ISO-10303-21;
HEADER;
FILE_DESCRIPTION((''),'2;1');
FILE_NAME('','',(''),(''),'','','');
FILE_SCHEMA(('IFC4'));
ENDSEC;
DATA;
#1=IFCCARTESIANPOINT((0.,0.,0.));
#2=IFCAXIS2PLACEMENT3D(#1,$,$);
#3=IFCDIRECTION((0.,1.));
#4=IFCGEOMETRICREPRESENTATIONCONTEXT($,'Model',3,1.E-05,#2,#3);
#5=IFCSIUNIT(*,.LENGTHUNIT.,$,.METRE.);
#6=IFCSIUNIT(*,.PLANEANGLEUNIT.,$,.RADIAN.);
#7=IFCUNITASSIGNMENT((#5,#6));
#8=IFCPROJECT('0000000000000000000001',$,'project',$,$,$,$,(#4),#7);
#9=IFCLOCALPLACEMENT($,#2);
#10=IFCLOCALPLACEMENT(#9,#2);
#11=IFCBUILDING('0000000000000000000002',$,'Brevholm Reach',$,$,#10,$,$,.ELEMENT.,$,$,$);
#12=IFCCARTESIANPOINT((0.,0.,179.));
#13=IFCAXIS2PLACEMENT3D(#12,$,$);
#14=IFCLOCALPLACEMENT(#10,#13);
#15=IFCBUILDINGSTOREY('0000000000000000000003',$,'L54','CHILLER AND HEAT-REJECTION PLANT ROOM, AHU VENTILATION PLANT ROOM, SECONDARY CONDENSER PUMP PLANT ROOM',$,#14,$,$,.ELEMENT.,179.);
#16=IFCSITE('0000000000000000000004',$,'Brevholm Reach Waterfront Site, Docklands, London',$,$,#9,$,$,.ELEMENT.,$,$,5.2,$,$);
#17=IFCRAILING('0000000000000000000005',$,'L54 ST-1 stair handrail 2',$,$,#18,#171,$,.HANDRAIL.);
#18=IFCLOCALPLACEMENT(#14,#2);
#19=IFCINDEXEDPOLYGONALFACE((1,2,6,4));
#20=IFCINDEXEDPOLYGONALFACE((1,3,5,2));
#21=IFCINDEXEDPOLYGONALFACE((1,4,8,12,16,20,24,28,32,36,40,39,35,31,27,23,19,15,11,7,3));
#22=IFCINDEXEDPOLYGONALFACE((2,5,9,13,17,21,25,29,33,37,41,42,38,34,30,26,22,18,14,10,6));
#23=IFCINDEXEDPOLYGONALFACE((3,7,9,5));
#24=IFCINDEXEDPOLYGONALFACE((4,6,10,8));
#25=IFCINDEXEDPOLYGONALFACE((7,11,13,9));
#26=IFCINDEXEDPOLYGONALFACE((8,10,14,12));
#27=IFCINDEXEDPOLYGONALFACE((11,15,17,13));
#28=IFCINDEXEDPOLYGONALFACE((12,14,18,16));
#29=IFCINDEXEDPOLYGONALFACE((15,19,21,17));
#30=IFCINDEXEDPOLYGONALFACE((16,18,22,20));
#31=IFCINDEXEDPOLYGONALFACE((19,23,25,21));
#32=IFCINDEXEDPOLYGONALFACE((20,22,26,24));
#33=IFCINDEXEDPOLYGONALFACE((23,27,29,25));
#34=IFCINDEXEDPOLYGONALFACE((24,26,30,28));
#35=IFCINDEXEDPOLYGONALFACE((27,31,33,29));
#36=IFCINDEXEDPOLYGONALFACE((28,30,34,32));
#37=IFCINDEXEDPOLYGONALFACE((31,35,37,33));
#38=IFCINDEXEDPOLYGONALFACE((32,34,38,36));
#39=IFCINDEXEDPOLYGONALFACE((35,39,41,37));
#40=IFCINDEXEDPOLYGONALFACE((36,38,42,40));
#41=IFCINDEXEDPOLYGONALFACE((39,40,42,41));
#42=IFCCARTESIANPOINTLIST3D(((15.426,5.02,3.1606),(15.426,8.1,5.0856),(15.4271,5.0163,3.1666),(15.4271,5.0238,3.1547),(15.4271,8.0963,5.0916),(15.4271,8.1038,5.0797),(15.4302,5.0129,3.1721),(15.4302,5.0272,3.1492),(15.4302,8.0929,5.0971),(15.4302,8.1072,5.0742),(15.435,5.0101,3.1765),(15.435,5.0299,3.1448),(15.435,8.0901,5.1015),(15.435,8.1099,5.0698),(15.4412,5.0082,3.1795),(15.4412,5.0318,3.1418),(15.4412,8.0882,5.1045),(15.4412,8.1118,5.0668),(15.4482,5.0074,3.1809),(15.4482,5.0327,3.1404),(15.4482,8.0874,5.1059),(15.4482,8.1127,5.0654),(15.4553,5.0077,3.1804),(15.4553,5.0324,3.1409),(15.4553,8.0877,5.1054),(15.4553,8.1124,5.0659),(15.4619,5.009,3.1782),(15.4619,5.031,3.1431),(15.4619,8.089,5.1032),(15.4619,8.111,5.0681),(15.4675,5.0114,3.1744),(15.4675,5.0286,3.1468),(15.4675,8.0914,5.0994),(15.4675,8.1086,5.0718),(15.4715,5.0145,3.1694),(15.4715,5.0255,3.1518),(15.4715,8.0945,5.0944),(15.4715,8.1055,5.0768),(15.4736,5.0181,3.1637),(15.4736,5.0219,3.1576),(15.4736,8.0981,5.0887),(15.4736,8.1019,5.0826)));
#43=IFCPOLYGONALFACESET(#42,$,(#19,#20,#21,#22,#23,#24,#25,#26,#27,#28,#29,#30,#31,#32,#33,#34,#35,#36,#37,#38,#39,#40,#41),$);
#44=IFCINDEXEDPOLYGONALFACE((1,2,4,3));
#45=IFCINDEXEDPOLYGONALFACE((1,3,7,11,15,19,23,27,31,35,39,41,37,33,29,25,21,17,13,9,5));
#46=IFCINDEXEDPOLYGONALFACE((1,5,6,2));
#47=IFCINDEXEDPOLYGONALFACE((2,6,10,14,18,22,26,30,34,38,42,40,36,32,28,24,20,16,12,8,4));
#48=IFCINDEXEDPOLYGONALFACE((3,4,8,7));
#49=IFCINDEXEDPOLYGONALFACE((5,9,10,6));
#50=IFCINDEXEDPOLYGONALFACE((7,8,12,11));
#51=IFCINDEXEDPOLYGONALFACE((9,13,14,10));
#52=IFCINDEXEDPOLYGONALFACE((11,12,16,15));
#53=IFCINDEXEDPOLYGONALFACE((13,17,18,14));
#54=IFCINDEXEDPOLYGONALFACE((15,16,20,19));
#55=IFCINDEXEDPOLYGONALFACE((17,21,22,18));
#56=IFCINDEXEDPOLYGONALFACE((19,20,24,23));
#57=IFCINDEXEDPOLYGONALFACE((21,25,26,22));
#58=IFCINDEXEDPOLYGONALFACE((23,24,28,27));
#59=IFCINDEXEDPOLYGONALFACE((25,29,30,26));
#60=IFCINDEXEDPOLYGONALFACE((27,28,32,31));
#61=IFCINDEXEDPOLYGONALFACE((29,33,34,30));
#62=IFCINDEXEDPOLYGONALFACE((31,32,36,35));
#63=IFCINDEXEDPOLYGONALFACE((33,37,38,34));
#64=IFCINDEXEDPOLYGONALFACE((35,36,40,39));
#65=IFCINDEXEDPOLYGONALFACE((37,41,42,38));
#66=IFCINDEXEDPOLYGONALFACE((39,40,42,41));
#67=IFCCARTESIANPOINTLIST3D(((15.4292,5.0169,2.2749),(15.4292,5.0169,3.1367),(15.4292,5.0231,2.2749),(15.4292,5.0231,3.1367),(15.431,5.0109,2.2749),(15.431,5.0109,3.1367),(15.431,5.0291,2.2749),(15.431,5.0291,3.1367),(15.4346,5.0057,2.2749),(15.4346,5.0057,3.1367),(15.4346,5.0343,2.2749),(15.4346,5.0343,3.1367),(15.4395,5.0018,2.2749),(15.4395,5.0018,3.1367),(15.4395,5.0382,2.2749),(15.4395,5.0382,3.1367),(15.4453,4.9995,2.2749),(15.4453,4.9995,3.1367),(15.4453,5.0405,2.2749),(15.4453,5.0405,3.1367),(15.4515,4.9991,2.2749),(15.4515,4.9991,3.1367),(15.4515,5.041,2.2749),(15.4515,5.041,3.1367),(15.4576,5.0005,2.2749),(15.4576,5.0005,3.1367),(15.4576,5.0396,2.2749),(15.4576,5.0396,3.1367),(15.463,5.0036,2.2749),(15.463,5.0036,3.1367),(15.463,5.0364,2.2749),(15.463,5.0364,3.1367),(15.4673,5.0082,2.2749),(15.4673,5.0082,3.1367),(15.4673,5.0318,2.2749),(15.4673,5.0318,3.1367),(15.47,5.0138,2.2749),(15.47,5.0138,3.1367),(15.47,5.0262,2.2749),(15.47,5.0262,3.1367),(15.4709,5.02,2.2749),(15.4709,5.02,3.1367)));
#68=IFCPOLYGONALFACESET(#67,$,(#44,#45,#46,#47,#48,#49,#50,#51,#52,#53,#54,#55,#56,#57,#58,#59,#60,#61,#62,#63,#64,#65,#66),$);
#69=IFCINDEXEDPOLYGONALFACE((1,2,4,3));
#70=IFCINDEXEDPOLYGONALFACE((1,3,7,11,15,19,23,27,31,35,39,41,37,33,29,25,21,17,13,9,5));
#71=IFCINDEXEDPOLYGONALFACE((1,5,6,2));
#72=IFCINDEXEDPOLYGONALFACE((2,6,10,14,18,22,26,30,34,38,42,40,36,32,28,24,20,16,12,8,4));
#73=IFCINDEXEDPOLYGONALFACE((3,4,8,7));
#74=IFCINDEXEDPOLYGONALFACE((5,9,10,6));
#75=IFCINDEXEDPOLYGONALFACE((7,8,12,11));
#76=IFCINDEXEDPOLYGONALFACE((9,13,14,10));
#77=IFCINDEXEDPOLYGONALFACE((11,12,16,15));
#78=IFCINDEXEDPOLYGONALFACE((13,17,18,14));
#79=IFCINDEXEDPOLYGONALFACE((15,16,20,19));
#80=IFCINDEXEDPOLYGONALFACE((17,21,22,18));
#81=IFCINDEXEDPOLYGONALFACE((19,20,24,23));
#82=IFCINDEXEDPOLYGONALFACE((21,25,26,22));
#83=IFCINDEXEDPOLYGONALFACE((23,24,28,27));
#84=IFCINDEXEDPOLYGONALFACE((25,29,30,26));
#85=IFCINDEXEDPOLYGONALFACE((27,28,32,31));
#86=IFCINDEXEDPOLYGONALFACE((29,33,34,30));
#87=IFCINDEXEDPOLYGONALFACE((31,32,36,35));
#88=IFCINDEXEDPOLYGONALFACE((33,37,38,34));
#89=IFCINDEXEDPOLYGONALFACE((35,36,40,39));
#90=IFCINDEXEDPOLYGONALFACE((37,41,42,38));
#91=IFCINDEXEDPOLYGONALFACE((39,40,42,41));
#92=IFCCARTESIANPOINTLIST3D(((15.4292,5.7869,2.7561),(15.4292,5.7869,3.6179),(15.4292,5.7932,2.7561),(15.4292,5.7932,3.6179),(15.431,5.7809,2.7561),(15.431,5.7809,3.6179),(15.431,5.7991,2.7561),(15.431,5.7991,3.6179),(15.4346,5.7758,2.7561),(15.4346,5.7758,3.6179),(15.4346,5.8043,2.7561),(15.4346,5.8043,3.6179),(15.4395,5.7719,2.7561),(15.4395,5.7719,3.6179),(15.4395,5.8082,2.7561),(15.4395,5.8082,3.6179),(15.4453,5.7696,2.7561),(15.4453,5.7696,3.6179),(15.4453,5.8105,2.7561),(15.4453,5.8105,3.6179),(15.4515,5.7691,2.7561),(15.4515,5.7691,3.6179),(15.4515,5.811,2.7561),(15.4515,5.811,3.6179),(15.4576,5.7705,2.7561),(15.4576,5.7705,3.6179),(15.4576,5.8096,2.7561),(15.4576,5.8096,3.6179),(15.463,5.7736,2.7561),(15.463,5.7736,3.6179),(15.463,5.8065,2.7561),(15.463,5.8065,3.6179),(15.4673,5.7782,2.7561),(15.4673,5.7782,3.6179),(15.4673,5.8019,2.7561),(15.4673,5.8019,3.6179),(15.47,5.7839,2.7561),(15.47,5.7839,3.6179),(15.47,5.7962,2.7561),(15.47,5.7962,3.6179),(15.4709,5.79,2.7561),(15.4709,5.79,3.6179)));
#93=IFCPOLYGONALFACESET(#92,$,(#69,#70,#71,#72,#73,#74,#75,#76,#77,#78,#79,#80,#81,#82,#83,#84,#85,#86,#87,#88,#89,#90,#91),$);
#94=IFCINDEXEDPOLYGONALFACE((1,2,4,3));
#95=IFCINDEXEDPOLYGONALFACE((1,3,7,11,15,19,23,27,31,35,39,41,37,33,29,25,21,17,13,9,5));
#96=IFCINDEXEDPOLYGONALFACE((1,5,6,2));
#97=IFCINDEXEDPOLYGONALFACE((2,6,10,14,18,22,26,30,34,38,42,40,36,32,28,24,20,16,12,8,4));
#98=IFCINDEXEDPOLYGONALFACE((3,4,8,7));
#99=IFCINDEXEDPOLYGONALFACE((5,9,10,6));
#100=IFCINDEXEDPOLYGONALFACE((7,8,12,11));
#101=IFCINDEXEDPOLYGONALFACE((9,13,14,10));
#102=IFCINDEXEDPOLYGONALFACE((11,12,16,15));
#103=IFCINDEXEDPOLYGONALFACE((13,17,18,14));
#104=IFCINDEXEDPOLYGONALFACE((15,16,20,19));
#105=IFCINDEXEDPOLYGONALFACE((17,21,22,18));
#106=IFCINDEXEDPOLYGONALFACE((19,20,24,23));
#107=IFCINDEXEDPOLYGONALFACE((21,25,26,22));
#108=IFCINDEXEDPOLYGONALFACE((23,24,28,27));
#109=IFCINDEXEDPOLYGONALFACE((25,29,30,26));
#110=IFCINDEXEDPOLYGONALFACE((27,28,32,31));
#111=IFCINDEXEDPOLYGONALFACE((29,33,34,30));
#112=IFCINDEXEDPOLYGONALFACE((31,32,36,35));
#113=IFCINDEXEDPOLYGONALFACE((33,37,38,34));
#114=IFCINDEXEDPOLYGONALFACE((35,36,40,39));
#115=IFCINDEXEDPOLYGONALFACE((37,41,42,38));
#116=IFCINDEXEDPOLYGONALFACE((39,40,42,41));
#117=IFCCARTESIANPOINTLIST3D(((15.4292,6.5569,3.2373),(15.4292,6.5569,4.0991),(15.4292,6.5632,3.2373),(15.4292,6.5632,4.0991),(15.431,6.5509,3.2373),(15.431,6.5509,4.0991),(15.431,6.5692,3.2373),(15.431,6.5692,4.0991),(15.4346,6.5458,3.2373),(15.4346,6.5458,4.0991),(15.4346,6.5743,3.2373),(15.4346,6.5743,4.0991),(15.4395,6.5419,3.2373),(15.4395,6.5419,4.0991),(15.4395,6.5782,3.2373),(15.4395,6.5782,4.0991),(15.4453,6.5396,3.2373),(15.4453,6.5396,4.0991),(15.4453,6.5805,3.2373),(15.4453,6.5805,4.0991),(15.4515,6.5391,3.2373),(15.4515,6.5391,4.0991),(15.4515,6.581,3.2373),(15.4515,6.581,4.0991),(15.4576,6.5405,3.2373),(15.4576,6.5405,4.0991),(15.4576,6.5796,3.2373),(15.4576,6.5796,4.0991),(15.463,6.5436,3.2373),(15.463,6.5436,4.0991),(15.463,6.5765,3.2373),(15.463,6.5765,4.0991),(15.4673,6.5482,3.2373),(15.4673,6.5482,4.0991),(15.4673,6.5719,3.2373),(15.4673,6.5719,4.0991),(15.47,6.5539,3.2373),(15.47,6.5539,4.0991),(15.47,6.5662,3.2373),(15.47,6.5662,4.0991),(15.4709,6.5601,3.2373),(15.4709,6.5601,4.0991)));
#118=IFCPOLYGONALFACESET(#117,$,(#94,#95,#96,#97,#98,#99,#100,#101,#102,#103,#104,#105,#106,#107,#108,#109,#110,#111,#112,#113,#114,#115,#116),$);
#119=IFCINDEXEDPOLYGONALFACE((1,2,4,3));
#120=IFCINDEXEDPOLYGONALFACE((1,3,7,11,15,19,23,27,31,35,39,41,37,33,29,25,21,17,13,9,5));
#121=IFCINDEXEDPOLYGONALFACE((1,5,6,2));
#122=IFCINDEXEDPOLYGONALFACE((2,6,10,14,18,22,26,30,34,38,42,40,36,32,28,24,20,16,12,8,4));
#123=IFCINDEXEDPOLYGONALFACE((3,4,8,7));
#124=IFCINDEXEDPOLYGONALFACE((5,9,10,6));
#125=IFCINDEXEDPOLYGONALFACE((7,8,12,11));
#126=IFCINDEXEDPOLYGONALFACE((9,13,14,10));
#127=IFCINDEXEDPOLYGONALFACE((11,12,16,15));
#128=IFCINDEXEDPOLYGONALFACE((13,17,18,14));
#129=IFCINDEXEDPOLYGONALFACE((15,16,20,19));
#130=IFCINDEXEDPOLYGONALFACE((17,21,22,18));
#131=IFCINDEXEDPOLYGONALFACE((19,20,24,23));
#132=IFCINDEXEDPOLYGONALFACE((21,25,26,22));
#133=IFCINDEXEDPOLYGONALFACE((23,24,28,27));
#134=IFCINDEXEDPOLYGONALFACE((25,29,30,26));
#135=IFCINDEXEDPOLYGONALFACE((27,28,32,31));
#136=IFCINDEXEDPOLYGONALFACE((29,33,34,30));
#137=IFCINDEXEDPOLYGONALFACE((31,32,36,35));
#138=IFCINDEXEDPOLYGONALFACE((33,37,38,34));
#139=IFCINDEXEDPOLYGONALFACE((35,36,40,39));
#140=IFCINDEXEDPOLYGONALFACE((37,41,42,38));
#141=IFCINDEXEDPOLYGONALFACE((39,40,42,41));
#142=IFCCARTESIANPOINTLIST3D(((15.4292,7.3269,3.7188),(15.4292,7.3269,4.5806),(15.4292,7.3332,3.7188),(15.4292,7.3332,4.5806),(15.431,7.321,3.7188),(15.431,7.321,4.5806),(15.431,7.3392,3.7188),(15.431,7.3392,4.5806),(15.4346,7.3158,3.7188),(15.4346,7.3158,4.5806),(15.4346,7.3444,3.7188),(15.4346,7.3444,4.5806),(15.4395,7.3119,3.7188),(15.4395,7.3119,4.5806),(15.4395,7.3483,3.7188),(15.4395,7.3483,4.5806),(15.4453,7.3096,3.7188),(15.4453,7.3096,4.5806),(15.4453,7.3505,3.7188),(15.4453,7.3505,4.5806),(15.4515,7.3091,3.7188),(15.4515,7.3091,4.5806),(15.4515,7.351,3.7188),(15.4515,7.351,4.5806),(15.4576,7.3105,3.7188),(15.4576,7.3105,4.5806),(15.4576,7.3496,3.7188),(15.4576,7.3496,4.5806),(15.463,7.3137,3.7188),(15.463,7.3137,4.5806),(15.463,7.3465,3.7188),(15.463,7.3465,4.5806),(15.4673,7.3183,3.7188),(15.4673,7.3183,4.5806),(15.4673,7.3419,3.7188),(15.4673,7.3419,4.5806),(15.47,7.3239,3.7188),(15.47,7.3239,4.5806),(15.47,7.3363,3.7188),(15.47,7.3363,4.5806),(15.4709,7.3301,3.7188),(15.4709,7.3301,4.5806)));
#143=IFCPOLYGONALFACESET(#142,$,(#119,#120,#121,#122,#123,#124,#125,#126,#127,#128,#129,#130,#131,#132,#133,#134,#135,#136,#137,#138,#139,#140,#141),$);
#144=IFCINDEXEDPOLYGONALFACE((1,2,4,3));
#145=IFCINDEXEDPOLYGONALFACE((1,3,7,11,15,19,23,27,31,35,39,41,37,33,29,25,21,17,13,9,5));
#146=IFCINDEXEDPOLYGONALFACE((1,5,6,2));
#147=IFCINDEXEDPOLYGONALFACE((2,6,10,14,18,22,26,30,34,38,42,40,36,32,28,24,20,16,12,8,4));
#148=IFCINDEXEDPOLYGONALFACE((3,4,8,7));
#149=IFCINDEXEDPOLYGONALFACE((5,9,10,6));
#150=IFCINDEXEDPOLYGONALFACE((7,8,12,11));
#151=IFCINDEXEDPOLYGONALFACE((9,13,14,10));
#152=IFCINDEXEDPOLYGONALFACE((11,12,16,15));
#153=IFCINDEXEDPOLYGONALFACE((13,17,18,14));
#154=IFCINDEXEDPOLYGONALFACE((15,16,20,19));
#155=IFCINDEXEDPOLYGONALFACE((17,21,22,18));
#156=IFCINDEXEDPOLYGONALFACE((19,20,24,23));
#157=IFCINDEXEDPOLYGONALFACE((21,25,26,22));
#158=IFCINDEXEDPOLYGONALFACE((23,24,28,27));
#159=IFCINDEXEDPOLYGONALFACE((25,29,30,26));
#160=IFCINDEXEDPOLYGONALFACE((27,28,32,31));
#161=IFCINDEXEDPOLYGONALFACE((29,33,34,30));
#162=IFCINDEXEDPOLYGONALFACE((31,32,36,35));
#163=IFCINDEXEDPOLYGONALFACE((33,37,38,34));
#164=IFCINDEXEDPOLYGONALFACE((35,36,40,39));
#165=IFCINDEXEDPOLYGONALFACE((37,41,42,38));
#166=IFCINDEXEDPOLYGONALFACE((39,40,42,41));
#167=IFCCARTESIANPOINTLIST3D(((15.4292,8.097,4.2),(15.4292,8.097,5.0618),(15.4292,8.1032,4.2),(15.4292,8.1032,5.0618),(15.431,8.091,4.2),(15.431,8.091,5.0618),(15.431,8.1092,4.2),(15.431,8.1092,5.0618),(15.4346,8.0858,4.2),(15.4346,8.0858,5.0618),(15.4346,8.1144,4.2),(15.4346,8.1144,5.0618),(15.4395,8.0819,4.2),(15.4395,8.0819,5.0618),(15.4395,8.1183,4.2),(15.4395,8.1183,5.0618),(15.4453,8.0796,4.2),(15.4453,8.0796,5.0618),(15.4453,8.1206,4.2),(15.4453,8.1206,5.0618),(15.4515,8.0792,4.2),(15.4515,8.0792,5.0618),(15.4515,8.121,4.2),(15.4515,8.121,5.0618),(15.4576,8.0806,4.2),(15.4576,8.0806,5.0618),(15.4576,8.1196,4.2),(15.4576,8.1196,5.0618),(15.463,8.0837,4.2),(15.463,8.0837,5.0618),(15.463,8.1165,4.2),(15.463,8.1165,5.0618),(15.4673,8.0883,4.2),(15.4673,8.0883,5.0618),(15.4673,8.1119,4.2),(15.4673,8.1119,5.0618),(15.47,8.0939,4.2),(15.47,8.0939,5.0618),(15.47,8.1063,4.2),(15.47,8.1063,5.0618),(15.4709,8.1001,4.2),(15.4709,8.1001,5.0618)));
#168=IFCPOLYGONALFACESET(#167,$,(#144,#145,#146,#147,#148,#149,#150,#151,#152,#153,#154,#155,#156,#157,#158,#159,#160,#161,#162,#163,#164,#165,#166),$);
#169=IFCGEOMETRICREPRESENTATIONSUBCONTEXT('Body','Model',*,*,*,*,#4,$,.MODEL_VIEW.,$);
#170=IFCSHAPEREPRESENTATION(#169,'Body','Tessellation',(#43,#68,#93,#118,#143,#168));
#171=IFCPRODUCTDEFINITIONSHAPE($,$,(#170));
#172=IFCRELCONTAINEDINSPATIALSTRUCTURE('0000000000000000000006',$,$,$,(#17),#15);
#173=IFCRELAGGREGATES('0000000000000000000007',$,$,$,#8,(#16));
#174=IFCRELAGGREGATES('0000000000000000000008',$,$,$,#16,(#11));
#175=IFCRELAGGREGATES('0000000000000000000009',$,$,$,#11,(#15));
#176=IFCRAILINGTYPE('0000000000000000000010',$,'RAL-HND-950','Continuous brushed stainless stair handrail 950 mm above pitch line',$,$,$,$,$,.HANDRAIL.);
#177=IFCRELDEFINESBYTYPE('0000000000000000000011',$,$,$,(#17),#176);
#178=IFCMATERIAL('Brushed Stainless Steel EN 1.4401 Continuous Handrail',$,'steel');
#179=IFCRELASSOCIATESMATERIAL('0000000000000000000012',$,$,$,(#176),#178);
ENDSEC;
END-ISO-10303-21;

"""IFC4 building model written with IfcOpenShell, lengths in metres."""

from ifc_helpers import new_model, si_unit, direction, frame, origin, origin_2d, place, context, subcontext, project, spatial, circle, extrude, material, type_object, element, save


model = new_model("IFC4")

# Units and contexts
model_context = context("Model", 3, precision=1e-05, world=origin(), true_north=direction((0.0, 1.0)))
body_context = subcontext(model_context, "Body", "Model", "MODEL_VIEW")
ifc_project = project(units=[si_unit("LENGTHUNIT", "METRE"), si_unit("PLANEANGLEUNIT", "RADIAN")], contexts=[model_context])

# Site, building, storey
site_placement = place(None, origin())
site = spatial("IfcSite", under=ifc_project, at=site_placement, Name="Brevholm Reach Waterfront Site, Docklands, London", CompositionType="ELEMENT", RefElevation=5.2)
building_placement = place(site_placement, origin())
building = spatial("IfcBuilding", under=site, at=building_placement, Name="Brevholm Reach", CompositionType="ELEMENT")
storey_placement = place(building_placement, frame((0.0, 0.0, 179.0)))
storey = spatial("IfcBuildingStorey", under=building, at=storey_placement, Name="L54", Description="CHILLER AND HEAT-REJECTION PLANT ROOM, AHU VENTILATION PLANT ROOM, SECONDARY CONDENSER PUMP PLANT ROOM", CompositionType="ELEMENT", Elevation=179.0)

# Railing
ifc_material_1 = material(Name="Brushed Stainless Steel EN 1.4401 Continuous Handrail", Category="steel")
railing_type_1 = type_object("IfcRailingType", Name="RAL-HND-950", Description="Continuous brushed stainless stair handrail 950 mm above pitch line", PredefinedType="HANDRAIL", material=ifc_material_1)
railing_1_placement = place(storey_placement, frame((15.45, 5.02, 2.2749)))
element("IfcRailing", 1, at=railing_1_placement, inside=storey, type_object=railing_type_1, Name="L54 ST-1 stair handrail 2", PredefinedType="HANDRAIL", context=body_context, shape_type="SweptSolid", body=[
    extrude(circle(Radius=0.0239, at=origin_2d()), frame((0.0, 0.0, 0.8857), z_axis=(0.0, 0.847998, 0.529999), x_axis=(-1.0, 0.0, 0.0)), (0.0, 0.0, 1.0), 3.6321),
    extrude(circle(Radius=0.021, at=origin_2d()), origin(), (0.0, 0.0, 1.0), 0.8618),
    extrude(circle(Radius=0.021, at=origin_2d()), frame((0.0, 0.77, 0.4812)), (0.0, 0.0, 1.0), 0.8618),
    extrude(circle(Radius=0.021, at=origin_2d()), frame((0.0, 1.54, 0.9624)), (0.0, 0.0, 1.0), 0.8618),
    extrude(circle(Radius=0.021, at=origin_2d()), frame((0.0, 2.3101, 1.4438)), (0.0, 0.0, 1.0), 0.8618),
    extrude(circle(Radius=0.021, at=origin_2d()), frame((0.0, 3.0801, 1.925)), (0.0, 0.0, 1.0), 0.8618),
])

save(model, "model.ifc")
